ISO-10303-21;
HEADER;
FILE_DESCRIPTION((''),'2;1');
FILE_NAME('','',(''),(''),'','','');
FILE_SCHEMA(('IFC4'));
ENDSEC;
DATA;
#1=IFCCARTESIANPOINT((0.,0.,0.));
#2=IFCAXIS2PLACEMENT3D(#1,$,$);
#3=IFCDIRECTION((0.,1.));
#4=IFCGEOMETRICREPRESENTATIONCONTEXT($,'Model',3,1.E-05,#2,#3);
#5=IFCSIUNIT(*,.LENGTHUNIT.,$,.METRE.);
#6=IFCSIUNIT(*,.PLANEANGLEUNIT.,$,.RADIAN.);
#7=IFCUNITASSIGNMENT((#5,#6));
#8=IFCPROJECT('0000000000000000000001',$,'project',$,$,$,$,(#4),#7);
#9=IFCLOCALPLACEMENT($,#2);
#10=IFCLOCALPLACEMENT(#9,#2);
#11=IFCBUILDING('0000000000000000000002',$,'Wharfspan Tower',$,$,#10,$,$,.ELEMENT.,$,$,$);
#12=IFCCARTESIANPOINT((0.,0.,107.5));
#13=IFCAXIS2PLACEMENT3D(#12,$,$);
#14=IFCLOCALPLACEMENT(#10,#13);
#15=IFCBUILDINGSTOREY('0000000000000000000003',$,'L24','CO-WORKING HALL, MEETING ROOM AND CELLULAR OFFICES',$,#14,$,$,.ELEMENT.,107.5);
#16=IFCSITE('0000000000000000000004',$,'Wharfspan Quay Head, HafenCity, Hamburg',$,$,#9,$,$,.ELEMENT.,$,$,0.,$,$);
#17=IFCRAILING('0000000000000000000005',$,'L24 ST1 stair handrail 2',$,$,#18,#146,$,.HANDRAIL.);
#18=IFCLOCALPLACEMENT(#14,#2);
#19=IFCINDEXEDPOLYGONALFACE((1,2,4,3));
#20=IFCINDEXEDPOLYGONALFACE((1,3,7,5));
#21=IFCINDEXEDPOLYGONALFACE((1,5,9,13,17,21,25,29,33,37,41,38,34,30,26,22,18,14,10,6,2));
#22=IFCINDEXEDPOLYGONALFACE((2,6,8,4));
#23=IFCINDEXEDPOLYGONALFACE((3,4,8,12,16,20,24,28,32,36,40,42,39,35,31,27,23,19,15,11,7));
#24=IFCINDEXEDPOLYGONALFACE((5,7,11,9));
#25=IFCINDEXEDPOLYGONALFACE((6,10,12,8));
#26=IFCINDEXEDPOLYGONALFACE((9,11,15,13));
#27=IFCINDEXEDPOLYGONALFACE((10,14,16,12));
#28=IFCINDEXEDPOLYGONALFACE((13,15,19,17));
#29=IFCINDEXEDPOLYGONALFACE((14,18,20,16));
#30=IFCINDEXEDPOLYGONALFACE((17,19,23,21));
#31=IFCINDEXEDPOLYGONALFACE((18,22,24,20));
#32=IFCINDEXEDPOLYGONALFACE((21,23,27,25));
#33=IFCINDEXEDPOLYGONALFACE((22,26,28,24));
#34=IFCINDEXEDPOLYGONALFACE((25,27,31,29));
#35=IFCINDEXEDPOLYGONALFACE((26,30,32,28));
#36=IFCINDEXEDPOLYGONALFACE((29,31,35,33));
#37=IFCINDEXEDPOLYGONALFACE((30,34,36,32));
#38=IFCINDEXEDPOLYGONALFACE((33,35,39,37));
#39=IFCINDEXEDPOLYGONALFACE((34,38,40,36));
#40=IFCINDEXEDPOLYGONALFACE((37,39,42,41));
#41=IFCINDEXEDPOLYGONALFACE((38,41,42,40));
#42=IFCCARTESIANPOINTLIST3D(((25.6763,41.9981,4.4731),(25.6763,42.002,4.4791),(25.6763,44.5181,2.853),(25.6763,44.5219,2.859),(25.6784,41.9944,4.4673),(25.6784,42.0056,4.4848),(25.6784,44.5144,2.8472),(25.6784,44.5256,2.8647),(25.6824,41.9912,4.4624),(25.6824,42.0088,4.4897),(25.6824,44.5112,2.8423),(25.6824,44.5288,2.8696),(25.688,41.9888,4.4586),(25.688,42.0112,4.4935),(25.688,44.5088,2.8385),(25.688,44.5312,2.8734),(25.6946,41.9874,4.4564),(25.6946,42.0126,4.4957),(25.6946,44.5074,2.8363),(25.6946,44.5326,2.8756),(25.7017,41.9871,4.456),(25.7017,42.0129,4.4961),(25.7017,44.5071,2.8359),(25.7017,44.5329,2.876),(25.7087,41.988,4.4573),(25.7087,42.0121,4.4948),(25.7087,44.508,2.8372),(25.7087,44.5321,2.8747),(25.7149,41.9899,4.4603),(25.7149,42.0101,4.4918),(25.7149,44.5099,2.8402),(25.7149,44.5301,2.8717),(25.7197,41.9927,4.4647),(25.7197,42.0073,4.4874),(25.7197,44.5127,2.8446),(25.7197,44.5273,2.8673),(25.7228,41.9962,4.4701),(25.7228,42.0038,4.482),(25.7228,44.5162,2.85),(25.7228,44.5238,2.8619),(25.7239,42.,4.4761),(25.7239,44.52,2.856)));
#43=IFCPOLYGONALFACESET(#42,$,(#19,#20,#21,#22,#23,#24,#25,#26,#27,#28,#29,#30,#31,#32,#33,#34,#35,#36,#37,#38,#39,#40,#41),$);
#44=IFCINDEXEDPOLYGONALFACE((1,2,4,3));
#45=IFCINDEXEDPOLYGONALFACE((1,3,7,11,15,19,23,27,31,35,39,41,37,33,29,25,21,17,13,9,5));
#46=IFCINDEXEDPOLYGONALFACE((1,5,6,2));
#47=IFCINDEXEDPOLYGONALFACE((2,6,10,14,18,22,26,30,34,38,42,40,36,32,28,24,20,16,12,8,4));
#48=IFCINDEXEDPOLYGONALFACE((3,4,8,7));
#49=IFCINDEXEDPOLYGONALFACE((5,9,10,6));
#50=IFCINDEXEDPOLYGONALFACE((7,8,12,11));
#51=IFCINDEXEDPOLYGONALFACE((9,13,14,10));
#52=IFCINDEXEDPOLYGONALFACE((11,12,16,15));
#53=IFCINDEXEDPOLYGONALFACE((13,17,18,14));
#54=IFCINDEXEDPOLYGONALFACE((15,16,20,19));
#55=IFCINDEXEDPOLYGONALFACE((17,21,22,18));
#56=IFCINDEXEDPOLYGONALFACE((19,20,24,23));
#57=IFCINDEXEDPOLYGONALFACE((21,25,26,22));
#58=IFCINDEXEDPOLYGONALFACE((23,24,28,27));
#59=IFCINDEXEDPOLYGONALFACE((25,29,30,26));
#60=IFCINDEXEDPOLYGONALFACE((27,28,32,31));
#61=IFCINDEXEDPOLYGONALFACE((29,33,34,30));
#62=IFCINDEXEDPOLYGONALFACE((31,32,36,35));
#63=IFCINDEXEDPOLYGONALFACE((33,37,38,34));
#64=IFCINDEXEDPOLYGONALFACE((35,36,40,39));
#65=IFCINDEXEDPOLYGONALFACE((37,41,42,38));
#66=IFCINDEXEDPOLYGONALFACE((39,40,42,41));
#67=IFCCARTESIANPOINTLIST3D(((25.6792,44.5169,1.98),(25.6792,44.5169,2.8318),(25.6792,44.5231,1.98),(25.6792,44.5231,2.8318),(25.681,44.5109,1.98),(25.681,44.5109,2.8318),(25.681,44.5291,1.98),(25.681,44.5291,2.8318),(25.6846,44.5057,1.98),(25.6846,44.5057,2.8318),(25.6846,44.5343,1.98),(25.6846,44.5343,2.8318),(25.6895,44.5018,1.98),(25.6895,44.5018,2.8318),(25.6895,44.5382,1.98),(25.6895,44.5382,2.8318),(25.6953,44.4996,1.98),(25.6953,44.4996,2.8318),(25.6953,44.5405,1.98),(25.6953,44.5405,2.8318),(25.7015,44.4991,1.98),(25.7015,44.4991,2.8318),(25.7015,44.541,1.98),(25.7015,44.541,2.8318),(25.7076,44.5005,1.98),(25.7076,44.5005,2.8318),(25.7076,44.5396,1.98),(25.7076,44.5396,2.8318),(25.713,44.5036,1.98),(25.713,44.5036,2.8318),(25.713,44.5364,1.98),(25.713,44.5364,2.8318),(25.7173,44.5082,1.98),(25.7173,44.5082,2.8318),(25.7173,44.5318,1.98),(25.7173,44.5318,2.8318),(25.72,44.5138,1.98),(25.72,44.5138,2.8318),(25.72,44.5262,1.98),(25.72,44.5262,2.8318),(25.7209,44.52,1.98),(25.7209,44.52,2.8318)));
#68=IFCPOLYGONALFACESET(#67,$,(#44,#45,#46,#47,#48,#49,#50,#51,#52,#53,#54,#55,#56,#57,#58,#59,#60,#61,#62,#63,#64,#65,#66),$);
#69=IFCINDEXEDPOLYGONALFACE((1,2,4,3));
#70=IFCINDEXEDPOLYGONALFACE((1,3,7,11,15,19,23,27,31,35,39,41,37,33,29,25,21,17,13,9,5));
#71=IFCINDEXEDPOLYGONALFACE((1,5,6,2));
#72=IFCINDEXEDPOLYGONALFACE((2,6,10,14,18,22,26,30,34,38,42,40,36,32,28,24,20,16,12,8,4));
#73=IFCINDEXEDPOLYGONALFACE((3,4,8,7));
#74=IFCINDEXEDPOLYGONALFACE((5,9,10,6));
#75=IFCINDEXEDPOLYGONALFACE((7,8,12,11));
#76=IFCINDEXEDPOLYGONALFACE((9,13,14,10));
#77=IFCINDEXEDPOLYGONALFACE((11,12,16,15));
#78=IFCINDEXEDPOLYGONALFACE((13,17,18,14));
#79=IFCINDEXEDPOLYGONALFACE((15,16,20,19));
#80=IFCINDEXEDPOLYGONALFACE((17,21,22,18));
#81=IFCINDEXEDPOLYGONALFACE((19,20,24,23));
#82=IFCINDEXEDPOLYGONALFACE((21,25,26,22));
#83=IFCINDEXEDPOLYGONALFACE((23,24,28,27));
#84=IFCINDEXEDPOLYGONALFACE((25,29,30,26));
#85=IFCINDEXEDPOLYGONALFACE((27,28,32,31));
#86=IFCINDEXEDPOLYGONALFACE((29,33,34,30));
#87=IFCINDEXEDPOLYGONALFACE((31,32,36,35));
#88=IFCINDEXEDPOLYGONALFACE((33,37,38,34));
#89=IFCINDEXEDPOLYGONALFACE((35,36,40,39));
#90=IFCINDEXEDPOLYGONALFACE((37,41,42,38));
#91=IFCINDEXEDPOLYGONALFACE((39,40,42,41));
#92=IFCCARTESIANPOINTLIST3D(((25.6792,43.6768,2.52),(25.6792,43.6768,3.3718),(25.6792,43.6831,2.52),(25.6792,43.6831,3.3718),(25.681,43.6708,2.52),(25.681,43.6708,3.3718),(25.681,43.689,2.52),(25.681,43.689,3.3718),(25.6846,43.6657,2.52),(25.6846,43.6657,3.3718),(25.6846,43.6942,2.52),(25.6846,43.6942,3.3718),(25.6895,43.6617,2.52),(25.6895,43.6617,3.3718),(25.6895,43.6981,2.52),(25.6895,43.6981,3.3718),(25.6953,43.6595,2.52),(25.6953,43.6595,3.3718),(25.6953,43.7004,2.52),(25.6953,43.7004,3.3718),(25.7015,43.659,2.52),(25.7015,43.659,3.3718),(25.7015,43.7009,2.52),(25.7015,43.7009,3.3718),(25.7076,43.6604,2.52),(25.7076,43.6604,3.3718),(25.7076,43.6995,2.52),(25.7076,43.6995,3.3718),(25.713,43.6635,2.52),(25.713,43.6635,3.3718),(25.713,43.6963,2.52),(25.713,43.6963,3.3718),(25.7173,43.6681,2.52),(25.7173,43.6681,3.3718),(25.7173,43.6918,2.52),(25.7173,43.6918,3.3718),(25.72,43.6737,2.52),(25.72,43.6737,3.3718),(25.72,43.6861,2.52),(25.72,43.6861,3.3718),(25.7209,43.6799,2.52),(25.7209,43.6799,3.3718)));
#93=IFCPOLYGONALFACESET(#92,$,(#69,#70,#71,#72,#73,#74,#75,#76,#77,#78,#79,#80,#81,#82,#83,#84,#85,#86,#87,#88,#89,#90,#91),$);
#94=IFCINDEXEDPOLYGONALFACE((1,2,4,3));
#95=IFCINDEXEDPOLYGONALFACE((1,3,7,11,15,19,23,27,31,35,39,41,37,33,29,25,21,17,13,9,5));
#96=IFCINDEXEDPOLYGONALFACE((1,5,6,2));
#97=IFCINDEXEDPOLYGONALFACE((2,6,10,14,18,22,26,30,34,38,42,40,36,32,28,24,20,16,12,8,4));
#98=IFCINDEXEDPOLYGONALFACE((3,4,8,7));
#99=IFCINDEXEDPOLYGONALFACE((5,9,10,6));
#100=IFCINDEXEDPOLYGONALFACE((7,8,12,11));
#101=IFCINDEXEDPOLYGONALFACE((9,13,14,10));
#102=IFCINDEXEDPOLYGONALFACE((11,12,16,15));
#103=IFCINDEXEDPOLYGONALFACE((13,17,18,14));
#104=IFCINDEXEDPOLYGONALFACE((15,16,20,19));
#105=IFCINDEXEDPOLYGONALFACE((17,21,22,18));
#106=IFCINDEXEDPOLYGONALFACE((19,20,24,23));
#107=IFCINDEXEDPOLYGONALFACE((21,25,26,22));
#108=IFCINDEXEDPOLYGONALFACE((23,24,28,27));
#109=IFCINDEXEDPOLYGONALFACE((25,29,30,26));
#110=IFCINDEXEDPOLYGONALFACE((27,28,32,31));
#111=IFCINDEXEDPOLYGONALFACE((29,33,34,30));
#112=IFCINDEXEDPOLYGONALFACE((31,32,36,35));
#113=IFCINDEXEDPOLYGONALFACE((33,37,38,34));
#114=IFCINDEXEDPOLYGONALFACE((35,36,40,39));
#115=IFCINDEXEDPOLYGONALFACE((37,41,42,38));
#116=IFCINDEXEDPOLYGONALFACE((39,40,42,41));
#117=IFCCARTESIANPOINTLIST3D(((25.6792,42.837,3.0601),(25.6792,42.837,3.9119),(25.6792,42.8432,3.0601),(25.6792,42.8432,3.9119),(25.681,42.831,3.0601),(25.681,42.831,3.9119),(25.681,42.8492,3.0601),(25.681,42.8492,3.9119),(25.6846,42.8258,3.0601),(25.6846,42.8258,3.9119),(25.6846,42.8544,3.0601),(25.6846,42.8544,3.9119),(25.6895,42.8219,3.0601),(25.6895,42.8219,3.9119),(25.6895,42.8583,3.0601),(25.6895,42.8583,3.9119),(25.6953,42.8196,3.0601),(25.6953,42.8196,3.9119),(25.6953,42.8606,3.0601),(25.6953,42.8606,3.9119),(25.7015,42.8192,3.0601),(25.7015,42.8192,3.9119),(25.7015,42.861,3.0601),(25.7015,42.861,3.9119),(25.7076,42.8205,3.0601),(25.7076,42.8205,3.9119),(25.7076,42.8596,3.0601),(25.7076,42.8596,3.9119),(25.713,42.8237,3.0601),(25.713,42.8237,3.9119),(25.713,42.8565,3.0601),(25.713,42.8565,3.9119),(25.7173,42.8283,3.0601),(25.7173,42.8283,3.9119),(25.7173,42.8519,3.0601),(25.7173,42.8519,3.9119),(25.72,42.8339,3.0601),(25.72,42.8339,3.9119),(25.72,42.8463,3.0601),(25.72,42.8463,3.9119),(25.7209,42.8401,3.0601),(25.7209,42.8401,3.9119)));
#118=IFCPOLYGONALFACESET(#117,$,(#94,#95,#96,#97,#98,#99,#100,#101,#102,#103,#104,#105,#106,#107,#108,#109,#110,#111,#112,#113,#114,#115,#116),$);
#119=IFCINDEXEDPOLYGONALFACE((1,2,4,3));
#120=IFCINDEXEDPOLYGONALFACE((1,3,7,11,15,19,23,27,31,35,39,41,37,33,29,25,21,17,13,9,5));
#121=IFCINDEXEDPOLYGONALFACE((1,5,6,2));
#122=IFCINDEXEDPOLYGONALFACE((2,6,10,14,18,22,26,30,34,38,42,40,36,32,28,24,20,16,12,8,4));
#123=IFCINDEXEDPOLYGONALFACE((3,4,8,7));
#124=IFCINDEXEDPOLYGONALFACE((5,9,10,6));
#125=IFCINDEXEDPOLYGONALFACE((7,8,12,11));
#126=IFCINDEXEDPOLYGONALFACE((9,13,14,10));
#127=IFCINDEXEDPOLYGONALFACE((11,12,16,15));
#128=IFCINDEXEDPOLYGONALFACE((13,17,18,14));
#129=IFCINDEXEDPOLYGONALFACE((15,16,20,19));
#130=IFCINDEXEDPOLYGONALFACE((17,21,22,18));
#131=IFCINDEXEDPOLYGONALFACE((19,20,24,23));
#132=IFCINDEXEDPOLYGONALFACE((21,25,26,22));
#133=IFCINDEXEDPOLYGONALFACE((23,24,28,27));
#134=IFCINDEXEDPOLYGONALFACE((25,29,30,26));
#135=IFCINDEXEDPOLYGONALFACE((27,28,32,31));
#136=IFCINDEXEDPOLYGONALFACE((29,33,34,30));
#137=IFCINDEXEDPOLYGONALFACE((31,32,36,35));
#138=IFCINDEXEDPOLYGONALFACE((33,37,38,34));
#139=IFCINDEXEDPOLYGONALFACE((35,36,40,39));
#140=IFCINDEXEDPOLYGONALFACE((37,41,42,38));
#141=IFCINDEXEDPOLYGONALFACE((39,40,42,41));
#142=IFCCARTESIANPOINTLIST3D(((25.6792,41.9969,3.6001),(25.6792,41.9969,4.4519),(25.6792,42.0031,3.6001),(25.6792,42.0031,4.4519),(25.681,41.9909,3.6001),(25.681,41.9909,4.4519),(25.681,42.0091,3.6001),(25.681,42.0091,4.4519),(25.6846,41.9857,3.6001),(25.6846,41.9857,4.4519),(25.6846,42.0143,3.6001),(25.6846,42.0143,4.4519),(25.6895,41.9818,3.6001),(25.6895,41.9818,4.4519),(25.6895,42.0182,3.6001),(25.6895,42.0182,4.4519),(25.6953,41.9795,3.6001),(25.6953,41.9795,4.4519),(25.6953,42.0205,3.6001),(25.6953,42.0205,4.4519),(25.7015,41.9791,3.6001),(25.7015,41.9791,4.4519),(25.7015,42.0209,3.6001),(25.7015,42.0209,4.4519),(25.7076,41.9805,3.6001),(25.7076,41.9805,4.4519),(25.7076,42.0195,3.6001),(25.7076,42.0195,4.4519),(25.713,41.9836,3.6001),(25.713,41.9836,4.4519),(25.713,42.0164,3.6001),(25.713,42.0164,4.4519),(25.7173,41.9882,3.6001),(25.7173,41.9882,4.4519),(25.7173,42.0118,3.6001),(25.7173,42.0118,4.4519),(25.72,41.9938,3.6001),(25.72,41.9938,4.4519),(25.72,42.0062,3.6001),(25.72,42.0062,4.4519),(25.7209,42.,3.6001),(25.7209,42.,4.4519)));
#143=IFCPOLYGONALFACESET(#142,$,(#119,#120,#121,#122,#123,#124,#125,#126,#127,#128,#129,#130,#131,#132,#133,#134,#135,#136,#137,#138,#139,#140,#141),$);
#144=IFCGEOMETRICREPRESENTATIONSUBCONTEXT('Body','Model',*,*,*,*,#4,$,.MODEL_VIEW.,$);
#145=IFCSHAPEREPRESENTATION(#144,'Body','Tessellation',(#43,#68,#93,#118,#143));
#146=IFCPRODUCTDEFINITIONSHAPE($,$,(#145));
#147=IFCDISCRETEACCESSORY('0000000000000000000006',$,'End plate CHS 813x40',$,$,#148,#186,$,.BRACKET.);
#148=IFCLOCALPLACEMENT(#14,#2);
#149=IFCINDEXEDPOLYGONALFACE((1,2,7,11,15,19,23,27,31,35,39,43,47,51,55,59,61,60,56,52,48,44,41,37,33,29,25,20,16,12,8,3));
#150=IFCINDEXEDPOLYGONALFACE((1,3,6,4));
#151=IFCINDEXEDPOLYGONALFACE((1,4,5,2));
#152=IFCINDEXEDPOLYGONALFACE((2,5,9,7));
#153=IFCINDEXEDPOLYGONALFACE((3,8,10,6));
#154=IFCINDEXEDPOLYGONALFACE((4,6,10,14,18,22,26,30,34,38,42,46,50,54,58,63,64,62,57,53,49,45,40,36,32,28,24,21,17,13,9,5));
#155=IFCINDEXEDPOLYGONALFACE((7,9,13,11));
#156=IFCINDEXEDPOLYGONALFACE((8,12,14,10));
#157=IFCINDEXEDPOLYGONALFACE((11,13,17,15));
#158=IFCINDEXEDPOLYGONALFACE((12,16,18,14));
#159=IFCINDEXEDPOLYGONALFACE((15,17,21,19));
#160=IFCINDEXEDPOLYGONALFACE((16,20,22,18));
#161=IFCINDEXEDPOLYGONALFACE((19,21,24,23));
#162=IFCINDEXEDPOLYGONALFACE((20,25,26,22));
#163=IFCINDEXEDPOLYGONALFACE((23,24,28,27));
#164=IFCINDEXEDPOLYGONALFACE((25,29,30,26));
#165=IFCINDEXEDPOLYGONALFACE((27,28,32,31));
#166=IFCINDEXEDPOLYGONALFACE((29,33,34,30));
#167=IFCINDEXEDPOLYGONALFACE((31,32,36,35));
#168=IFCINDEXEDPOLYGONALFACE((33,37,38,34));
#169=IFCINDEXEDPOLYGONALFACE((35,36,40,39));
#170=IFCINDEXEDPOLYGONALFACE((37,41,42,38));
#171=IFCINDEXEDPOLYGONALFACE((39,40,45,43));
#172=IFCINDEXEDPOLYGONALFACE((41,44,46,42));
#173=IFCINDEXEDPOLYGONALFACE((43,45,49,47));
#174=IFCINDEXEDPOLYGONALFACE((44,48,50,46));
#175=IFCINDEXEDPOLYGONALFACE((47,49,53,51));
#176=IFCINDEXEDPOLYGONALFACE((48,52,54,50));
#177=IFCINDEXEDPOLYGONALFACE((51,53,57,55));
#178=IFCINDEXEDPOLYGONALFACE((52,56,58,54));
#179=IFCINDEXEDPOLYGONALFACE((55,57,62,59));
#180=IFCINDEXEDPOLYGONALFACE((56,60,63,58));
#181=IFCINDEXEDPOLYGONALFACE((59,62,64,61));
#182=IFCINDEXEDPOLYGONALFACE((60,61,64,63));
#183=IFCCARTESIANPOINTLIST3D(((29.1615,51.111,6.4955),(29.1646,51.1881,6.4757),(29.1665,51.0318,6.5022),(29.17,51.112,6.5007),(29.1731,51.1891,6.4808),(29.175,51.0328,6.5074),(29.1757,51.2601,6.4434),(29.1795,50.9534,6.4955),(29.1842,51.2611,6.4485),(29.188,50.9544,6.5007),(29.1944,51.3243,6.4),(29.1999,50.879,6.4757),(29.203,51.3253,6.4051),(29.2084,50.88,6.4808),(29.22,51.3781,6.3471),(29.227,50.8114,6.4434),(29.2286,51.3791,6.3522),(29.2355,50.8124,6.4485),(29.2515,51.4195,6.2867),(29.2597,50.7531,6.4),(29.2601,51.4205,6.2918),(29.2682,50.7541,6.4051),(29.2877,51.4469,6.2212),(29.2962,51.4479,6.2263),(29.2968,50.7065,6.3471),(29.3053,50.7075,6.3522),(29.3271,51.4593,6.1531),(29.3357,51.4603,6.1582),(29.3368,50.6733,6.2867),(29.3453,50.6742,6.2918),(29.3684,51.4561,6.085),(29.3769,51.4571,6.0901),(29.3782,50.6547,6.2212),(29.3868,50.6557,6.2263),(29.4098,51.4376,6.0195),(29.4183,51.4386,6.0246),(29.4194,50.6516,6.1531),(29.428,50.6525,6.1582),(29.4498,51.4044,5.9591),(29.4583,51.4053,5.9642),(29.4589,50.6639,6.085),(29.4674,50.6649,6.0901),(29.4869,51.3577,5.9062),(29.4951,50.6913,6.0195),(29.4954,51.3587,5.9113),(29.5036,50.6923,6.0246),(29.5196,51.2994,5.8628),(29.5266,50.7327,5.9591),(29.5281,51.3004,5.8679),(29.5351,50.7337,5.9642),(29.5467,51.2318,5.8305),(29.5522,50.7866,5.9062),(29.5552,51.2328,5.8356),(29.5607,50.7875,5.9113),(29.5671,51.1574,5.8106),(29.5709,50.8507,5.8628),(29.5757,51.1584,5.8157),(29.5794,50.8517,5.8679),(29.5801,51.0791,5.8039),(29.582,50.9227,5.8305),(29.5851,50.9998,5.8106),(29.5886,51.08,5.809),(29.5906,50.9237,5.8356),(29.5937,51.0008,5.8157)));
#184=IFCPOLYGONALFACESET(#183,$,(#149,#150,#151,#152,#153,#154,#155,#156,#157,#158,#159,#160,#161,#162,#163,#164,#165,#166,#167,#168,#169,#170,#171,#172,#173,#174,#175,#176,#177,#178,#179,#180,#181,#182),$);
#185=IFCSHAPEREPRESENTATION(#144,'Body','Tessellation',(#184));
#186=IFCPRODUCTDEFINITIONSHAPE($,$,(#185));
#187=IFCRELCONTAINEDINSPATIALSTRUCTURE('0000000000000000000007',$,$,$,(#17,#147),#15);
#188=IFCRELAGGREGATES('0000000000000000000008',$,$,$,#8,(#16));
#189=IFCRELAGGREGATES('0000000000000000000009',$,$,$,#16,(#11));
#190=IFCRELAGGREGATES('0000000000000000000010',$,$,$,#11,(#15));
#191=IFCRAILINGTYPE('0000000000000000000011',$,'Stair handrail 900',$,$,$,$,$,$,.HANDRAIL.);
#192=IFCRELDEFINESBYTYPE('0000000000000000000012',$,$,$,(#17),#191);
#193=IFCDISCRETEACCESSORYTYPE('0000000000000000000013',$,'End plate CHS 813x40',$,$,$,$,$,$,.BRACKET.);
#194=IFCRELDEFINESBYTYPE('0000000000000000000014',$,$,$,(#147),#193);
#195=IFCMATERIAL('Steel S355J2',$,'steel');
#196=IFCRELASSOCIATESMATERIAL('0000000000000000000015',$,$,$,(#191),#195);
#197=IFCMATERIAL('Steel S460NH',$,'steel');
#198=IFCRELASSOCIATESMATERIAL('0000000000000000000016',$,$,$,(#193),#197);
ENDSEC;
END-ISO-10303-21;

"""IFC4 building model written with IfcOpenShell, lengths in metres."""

from ifc_helpers import new_model, si_unit, direction, frame, origin, origin_2d, place, context, subcontext, project, spatial, circle, extrude, material, material_profile, profile_set, type_object, element, save


model = new_model("IFC4")

# Units and contexts
model_context = context("Model", 3, precision=1e-05, world=origin(), true_north=direction((0.0, 1.0)))
body_context = subcontext(model_context, "Body", "Model", "MODEL_VIEW")
ifc_project = project(units=[si_unit("LENGTHUNIT", "METRE"), si_unit("PLANEANGLEUNIT", "RADIAN")], contexts=[model_context])

# Site, building, storey
site_placement = place(None, origin())
site = spatial("IfcSite", under=ifc_project, at=site_placement, Name="Wharfspan Quay Head, HafenCity, Hamburg", CompositionType="ELEMENT", RefElevation=0.0)
building_placement = place(site_placement, origin())
building = spatial("IfcBuilding", under=site, at=building_placement, Name="Wharfspan Tower", CompositionType="ELEMENT")
storey_placement = place(building_placement, frame((0.0, 0.0, 107.5)))
storey = spatial("IfcBuildingStorey", under=building, at=storey_placement, Name="L24", Description="CO-WORKING HALL, MEETING ROOM AND CELLULAR OFFICES", CompositionType="ELEMENT", Elevation=107.5)

# Shared definitions
ifc_material_1 = material(Name="Steel S355J2", Category="steel")

# Shared definitions
ifc_material_2 = material(Name="Steel S460NH", Category="steel")

# Railing
railing_type_1 = type_object("IfcRailingType", Name="Stair handrail 900", PredefinedType="HANDRAIL", material=ifc_material_1)
railing_1_placement = place(storey_placement, frame((25.7, 44.52, 1.98)))
element("IfcRailing", 1, at=railing_1_placement, inside=storey, type_object=railing_type_1, Name="L24 ST1 stair handrail 2", PredefinedType="HANDRAIL", context=body_context, shape_type="SweptSolid", body=[
    extrude(circle(Radius=0.0239, at=origin_2d()), frame((0.0, 0.0, 0.876), z_axis=(0.0, -0.841163, 0.540782), x_axis=(1.0, 0.0, 0.0)), (0.0, 0.0, 1.0), 2.9958),
    extrude(circle(Radius=0.021, at=origin_2d()), origin(), (0.0, 0.0, 1.0), 0.8518),
    extrude(circle(Radius=0.021, at=origin_2d()), frame((0.0, -0.8401, 0.54)), (0.0, 0.0, 1.0), 0.8518),
    extrude(circle(Radius=0.021, at=origin_2d()), frame((0.0, -1.6799, 1.0801)), (0.0, 0.0, 1.0), 0.8518),
    extrude(circle(Radius=0.021, at=origin_2d()), frame((0.0, -2.52, 1.6201)), (0.0, 0.0, 1.0), 0.8518),
])

# Discrete accessory
ifc_material_profile_1 = material_profile(ifc_material_2, circle(Radius=0.4065, at=origin_2d()))
ifc_profile_set_1 = profile_set([ifc_material_profile_1], Name="Steel S460NH")
discrete_accessory_type = type_object("IfcDiscreteAccessoryType", Name="End plate CHS 813x40", PredefinedType="BRACKET", material=ifc_profile_set_1)
for number, where, z_axis, x_axis, name in (
    (2, (29.3733, 51.0554, 6.1531), (0.853405, 0.097532, 0.512043), (-0.113547, 0.993531, 0.000001), "End plate CHS 813x40"),
):
    element("IfcDiscreteAccessory", number, at=place(storey_placement, frame(where, z_axis=z_axis, x_axis=x_axis)), inside=storey, type_object=discrete_accessory_type, Name=name, PredefinedType="BRACKET", context=body_context, shape_type="SweptSolid", body=[
        extrude(circle(Radius=0.4065, at=origin_2d()), origin(), (0.0, 0.0, 1.0), 0.01),
    ])

save(model, "model.ifc")
